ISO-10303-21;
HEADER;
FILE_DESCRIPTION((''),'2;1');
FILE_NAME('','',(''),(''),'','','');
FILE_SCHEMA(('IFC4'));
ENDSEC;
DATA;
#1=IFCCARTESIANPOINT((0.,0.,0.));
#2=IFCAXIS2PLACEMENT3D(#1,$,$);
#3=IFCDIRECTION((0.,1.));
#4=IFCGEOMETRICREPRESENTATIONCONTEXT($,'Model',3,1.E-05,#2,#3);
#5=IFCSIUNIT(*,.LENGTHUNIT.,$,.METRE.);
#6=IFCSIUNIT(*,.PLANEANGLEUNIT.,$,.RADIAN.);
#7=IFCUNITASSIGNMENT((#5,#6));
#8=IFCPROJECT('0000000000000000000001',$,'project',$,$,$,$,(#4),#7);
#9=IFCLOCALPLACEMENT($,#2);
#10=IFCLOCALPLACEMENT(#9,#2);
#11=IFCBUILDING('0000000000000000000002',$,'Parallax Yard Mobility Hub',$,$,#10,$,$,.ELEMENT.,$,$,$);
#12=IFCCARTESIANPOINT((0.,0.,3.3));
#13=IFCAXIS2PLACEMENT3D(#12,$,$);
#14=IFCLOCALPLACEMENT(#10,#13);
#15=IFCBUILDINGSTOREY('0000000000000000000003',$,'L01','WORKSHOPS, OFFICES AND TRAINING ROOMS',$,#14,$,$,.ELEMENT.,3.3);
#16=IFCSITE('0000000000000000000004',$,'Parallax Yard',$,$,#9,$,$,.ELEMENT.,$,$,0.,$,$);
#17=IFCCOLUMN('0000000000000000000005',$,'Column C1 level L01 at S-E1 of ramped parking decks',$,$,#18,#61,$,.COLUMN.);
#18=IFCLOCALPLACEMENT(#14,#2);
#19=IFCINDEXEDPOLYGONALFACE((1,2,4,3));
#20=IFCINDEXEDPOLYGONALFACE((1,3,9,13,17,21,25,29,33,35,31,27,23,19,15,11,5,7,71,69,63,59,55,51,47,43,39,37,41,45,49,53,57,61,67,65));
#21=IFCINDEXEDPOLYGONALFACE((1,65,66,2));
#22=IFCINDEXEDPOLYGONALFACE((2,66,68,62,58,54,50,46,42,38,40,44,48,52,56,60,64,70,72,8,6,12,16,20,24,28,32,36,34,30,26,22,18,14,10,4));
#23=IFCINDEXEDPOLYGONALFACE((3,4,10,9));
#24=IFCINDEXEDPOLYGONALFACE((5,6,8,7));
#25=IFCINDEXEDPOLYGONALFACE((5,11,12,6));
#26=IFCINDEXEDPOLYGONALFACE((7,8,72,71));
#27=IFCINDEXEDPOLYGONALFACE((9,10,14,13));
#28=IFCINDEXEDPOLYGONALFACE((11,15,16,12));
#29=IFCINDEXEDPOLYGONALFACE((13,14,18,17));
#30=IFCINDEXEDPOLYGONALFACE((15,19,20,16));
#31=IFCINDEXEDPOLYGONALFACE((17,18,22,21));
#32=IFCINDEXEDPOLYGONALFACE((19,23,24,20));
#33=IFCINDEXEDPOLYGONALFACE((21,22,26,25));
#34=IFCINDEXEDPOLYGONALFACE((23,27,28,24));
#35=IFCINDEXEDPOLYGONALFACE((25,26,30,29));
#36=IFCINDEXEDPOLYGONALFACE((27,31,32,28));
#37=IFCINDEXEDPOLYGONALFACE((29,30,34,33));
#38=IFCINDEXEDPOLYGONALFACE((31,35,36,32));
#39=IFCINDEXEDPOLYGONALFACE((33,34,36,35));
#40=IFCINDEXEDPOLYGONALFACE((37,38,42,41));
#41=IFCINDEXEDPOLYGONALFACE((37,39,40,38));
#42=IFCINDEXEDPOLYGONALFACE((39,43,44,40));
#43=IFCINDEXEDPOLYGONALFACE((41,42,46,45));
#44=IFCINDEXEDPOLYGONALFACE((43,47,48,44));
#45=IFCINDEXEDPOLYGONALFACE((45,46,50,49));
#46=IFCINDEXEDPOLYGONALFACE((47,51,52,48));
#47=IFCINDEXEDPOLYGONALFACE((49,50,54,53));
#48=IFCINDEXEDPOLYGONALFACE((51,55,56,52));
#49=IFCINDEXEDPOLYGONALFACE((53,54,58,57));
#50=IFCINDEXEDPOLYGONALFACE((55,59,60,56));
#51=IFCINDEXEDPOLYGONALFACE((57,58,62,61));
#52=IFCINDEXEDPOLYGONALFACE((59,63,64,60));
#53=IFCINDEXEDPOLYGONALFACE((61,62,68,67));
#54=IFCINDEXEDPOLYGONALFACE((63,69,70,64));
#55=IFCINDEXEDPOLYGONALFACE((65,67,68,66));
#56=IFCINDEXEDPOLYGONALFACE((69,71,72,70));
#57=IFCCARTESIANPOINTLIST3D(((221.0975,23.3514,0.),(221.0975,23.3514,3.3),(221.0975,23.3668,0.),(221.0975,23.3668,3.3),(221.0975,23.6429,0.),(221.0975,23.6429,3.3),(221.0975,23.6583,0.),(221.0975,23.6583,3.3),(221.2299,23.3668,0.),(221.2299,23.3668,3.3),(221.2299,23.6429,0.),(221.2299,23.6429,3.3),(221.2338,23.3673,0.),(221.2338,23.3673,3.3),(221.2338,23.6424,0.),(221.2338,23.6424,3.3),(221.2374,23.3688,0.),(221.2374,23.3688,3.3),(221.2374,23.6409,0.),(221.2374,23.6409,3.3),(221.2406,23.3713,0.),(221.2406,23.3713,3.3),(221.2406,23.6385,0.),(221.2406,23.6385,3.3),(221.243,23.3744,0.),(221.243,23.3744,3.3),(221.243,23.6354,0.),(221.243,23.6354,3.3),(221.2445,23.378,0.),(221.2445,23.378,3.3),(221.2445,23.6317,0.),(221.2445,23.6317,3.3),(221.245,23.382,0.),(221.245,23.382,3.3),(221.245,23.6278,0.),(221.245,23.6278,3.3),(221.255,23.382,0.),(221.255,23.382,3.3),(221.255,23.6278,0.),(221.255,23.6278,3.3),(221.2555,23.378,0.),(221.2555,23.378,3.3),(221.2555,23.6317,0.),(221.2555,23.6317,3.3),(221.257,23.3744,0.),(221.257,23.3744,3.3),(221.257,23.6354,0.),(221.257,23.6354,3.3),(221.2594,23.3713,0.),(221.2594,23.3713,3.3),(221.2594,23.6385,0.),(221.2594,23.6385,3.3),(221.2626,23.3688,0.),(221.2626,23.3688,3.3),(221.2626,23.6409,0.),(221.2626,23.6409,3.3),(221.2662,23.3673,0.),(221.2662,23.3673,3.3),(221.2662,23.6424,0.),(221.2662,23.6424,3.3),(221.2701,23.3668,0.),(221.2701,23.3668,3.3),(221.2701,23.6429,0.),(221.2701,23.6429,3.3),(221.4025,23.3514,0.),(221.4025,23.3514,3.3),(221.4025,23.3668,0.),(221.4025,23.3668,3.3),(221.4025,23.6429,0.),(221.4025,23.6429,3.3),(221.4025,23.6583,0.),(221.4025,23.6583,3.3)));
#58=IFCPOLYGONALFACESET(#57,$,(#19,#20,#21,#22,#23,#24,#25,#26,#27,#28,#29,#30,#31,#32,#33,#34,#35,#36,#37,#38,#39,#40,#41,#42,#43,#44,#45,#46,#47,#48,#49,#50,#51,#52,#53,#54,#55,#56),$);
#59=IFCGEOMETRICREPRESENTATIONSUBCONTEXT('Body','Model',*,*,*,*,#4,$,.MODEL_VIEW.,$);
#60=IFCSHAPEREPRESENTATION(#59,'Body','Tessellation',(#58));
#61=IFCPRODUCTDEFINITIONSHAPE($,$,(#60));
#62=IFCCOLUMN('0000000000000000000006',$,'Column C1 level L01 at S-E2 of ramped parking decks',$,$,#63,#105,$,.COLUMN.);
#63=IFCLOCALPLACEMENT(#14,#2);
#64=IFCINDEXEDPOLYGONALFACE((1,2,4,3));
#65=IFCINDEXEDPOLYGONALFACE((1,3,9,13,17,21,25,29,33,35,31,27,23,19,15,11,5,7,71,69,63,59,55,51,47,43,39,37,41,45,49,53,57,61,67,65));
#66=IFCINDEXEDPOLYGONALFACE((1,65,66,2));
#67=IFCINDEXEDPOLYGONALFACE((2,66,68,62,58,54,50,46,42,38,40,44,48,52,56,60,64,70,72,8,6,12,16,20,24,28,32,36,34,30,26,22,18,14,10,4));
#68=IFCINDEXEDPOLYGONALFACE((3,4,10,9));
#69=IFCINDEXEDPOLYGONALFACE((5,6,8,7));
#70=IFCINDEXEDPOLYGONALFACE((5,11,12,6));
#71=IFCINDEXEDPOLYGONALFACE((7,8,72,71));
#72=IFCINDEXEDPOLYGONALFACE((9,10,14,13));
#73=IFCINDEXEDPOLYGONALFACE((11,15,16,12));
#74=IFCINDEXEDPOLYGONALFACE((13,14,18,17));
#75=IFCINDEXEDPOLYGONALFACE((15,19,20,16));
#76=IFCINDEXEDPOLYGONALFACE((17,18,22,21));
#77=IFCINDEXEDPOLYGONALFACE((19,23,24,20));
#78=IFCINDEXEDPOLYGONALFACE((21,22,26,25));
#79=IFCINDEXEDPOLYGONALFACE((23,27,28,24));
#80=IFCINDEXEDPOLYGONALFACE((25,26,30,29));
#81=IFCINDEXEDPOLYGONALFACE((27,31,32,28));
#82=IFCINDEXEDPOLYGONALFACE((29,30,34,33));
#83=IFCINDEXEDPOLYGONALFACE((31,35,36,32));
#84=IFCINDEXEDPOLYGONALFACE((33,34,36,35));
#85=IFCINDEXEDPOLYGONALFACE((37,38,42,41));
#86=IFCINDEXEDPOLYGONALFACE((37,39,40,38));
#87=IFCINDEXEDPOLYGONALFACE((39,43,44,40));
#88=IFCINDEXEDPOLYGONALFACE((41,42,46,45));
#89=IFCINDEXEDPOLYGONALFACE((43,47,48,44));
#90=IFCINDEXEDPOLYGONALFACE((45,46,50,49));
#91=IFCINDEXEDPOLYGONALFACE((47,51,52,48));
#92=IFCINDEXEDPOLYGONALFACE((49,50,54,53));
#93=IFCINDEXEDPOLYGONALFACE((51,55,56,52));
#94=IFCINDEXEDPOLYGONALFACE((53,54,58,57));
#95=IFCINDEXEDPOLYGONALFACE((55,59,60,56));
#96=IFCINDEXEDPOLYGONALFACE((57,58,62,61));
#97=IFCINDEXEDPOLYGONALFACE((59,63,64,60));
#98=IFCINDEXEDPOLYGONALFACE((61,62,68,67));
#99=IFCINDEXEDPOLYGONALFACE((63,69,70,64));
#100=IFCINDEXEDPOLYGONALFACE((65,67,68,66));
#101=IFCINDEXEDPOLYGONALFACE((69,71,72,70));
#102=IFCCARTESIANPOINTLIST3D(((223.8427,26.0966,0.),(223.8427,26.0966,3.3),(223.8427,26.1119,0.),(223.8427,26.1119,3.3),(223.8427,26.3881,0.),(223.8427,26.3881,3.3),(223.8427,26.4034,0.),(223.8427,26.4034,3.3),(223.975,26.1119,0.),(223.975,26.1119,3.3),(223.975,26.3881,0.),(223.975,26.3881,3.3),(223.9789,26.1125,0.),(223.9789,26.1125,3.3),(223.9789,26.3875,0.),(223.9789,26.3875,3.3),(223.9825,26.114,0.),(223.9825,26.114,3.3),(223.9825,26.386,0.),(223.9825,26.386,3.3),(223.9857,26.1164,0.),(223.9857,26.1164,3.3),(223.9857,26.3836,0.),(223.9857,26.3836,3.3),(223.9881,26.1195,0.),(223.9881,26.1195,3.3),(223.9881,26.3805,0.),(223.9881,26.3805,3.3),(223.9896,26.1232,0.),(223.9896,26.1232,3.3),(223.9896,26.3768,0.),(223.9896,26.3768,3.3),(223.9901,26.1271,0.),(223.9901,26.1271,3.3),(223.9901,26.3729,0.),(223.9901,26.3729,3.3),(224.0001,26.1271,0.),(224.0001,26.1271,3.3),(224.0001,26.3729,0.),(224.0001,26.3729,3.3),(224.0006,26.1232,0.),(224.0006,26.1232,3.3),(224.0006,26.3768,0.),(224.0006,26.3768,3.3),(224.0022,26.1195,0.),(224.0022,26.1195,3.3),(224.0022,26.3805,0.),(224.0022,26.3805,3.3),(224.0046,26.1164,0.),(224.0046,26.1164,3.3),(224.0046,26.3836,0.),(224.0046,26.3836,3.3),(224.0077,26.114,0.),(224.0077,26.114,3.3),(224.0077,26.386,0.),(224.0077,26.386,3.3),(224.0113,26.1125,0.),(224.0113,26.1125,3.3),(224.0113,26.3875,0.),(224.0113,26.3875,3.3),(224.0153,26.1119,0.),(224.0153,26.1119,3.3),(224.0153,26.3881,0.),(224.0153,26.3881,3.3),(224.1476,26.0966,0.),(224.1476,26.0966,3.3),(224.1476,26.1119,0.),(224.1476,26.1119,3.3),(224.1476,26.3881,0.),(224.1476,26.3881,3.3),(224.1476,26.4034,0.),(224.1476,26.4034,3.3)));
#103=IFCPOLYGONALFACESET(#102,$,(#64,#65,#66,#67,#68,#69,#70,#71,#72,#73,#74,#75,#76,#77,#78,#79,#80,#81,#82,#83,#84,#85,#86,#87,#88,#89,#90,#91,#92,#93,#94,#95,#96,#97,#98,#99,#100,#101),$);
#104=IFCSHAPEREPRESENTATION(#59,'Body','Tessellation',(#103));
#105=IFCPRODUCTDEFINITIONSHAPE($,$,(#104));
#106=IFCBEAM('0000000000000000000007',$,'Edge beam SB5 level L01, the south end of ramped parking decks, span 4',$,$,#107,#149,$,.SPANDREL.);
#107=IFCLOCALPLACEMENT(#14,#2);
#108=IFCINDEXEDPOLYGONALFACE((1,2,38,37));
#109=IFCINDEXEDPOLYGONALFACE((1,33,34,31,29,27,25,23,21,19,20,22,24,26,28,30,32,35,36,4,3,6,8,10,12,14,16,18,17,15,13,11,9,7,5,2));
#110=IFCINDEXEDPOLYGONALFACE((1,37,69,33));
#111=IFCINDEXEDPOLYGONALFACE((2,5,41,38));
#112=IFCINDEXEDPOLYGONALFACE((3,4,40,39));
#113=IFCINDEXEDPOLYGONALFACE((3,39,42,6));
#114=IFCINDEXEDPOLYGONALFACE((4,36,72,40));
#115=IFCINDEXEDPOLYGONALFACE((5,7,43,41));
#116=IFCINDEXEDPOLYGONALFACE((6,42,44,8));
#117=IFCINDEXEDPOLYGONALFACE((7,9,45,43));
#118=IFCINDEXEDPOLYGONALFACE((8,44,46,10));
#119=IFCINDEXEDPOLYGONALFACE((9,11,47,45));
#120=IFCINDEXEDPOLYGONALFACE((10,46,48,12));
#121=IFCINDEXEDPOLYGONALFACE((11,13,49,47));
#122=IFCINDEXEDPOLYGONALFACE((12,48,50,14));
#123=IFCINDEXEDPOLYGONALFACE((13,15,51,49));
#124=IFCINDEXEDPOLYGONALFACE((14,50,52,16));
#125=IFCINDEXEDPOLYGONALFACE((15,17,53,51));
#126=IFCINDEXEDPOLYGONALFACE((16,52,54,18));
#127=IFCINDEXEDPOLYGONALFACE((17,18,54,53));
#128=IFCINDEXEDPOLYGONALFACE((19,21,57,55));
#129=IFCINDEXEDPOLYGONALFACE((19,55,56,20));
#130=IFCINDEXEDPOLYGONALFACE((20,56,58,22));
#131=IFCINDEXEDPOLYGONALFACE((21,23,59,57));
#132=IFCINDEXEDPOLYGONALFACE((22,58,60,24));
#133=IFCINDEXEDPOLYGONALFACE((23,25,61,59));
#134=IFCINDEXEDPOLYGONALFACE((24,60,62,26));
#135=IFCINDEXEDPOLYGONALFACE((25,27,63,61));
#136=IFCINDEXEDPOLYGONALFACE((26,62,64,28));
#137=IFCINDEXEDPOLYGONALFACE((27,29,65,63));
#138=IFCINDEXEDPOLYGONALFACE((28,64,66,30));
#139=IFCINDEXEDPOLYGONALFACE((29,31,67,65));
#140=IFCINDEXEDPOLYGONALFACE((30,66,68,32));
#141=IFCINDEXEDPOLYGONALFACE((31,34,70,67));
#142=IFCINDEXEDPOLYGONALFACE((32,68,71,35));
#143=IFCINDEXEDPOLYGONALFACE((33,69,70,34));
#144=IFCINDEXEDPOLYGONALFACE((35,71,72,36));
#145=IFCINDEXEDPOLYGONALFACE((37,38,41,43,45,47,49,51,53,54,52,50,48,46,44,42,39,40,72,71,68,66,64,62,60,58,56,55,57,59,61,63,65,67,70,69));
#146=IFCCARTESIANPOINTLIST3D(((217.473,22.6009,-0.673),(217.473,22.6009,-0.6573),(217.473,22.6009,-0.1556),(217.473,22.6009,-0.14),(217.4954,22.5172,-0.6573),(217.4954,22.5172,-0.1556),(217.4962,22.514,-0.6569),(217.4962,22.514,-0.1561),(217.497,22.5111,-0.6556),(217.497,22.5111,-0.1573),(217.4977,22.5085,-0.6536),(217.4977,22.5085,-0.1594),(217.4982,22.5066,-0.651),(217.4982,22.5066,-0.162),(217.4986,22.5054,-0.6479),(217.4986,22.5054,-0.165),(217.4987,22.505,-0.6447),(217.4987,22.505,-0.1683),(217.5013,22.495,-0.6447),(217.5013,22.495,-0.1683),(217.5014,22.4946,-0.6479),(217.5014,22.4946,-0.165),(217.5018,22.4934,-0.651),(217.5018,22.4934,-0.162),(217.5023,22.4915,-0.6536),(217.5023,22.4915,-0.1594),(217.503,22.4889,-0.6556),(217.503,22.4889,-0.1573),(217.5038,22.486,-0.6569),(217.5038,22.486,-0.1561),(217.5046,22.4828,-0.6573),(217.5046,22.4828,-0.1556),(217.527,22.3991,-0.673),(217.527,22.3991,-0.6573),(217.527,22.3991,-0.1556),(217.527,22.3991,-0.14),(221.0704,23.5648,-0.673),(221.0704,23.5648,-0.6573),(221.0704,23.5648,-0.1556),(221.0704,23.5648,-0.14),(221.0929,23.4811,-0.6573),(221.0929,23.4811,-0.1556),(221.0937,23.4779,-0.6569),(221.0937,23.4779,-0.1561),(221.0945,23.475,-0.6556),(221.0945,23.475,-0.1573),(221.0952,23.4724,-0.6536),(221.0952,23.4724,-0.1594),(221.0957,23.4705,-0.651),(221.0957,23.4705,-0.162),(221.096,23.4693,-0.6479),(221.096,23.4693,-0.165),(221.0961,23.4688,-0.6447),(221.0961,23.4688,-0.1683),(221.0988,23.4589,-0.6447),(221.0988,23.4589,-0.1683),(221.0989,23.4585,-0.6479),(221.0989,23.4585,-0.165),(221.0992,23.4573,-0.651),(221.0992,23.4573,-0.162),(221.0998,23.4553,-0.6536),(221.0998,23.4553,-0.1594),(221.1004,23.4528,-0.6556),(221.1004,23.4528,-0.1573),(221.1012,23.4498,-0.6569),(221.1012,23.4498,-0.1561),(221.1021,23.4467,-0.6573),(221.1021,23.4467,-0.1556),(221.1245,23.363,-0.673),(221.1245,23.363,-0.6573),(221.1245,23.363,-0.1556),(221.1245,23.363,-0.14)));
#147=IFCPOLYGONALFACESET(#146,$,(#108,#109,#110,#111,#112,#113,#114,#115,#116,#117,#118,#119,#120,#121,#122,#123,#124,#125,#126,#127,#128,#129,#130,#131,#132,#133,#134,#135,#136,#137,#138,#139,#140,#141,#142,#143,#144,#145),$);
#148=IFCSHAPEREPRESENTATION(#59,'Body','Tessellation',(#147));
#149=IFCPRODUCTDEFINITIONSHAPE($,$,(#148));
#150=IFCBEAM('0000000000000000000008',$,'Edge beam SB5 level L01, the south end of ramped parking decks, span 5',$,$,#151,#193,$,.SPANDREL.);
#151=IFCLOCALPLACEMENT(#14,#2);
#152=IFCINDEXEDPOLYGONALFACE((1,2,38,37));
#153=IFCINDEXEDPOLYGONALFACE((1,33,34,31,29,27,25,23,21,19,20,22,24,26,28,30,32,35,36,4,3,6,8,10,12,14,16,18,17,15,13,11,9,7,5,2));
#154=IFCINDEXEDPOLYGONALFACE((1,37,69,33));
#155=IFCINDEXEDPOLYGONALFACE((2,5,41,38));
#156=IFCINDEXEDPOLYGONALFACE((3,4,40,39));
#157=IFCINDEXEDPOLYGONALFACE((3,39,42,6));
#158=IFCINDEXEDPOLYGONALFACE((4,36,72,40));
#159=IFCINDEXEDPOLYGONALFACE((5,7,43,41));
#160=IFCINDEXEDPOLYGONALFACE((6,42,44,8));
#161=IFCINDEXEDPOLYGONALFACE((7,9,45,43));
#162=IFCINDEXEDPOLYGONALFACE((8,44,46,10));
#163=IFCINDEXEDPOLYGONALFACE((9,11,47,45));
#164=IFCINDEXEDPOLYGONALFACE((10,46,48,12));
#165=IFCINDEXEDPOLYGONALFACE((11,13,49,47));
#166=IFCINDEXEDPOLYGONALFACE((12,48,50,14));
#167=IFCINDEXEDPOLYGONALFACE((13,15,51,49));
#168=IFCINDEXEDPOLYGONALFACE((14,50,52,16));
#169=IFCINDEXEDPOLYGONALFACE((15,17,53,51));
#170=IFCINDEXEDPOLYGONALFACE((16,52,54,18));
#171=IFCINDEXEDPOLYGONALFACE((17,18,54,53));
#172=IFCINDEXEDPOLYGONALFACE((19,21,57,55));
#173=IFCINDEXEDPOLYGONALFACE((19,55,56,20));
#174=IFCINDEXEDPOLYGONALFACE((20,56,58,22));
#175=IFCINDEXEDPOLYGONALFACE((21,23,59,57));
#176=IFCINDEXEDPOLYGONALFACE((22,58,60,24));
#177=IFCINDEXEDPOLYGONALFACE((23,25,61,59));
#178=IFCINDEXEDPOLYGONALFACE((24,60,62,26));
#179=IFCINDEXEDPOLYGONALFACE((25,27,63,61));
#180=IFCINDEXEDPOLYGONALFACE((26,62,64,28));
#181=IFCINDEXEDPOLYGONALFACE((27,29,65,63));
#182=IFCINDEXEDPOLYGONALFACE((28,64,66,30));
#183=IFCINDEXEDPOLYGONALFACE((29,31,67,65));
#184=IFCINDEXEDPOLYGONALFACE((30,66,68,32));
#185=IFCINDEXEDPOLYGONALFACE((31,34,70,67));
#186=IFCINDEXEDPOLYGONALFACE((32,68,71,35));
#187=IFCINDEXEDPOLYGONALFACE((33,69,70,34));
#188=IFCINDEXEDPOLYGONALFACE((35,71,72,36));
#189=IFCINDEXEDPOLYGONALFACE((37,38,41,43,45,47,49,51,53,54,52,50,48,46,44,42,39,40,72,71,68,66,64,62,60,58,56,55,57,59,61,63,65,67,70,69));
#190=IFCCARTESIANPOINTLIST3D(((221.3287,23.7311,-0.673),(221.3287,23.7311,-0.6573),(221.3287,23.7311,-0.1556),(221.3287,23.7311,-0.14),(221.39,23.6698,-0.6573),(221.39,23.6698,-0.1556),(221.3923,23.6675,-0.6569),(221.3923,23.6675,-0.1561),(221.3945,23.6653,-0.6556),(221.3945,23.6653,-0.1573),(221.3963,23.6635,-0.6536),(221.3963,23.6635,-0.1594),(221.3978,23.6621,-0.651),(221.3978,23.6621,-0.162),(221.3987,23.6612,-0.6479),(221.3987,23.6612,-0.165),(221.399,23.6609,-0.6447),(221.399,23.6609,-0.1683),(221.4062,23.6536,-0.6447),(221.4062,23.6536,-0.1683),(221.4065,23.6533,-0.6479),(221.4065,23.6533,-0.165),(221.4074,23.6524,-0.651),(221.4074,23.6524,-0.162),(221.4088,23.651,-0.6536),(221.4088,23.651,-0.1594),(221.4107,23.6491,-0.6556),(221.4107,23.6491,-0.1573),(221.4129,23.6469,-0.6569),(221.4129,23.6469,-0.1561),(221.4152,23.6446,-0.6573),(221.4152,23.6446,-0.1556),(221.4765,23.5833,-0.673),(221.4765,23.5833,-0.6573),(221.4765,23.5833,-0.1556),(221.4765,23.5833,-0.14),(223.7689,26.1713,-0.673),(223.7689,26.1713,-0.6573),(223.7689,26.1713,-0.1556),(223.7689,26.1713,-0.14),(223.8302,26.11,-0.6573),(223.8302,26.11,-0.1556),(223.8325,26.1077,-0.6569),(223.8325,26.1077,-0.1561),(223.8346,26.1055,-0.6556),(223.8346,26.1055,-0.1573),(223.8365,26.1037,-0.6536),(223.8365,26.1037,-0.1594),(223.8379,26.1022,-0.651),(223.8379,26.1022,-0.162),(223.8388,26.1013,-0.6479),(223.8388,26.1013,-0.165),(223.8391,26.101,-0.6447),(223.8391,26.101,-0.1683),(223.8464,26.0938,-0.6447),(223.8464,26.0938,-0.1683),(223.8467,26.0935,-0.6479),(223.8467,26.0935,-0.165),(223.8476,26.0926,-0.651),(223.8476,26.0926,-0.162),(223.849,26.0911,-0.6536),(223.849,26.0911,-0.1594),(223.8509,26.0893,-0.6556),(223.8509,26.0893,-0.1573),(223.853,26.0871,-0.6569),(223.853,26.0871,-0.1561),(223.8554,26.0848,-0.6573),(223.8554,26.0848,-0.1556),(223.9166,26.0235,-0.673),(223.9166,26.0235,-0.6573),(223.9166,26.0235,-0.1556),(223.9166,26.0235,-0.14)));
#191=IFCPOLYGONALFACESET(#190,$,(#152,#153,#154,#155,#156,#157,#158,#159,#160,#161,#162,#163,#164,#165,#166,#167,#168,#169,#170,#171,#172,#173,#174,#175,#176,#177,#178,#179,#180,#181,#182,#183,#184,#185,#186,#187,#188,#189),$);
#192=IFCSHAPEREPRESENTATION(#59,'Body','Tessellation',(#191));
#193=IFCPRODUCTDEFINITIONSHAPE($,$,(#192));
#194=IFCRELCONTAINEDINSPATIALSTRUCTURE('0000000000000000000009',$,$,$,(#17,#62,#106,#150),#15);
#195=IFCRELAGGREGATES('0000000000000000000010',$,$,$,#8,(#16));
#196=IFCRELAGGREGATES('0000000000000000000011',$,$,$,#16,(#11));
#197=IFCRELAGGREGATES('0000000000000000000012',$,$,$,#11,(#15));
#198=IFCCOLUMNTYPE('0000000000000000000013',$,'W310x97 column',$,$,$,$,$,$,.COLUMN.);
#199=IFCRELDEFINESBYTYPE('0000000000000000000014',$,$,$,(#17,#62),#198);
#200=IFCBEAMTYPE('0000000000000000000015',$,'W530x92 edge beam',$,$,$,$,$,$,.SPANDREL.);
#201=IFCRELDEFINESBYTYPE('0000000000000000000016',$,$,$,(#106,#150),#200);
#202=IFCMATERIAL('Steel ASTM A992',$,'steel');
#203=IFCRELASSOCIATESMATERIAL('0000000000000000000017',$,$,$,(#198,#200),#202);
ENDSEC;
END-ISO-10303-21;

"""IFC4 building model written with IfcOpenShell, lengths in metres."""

from ifc_helpers import new_model, si_unit, direction, frame, origin, origin_2d, place, context, subcontext, project, spatial, i_section, extrude, material, material_profile, profile_set, type_object, element, save


model = new_model("IFC4")

# Units and contexts
model_context = context("Model", 3, precision=1e-05, world=origin(), true_north=direction((0.0, 1.0)))
body_context = subcontext(model_context, "Body", "Model", "MODEL_VIEW")
ifc_project = project(units=[si_unit("LENGTHUNIT", "METRE"), si_unit("PLANEANGLEUNIT", "RADIAN")], contexts=[model_context])

# Site, building, storey
site_placement = place(None, origin())
site = spatial("IfcSite", under=ifc_project, at=site_placement, Name="Parallax Yard", CompositionType="ELEMENT", RefElevation=0.0)
building_placement = place(site_placement, origin())
building = spatial("IfcBuilding", under=site, at=building_placement, Name="Parallax Yard Mobility Hub", CompositionType="ELEMENT")
storey_placement = place(building_placement, frame((0.0, 0.0, 3.3)))
storey = spatial("IfcBuildingStorey", under=building, at=storey_placement, Name="L01", Description="WORKSHOPS, OFFICES AND TRAINING ROOMS", CompositionType="ELEMENT", Elevation=3.3)

# Columns
ifc_material_1 = material(Name="Steel ASTM A992", Category="steel")
ifc_material_profile_1 = material_profile(ifc_material_1, i_section(OverallWidth=0.3049, OverallDepth=0.3069, WebThickness=0.01, FlangeThickness=0.0154, FilletRadius=0.0151, at=origin_2d()), Name="W310x97")
ifc_profile_set_1 = profile_set([ifc_material_profile_1], Name="Steel ASTM A992")
column_type = type_object("IfcColumnType", Name="W310x97 column", PredefinedType="COLUMN", material=ifc_profile_set_1)
for number, where, z_axis, x_axis, name in (
    (1, (221.25, 23.5049, 0.0), (0.0, 0.0, 1.0), (1.0, 0.0, 0.0), "Column C1 level L01 at S-E1 of ramped parking decks"),
    (2, (223.9951, 26.25, 0.0), (0.0, 0.0, 1.0), (1.0, 0.0, 0.0), "Column C1 level L01 at S-E2 of ramped parking decks"),
):
    element("IfcColumn", number, at=place(storey_placement, frame(where, z_axis=z_axis, x_axis=x_axis)), inside=storey, type_object=column_type, Name=name, PredefinedType="COLUMN", context=body_context, shape_type="SweptSolid", body=[
        extrude(i_section(OverallWidth=0.3049, OverallDepth=0.3069, WebThickness=0.01, FlangeThickness=0.0154, FilletRadius=0.0151, at=origin_2d()), origin(), (0.0, 0.0, 1.0), 3.3),
    ])

# Beams
ifc_material_profile_2 = material_profile(ifc_material_1, i_section(OverallWidth=0.209, OverallDepth=0.533, WebThickness=0.0103, FlangeThickness=0.0156, FilletRadius=0.0127, at=origin_2d()), Name="W530x92")
ifc_profile_set_2 = profile_set([ifc_material_profile_2], Name="Steel ASTM A992")
beam_type = type_object("IfcBeamType", Name="W530x92 edge beam", PredefinedType="SPANDREL", material=ifc_profile_set_2)
beam_1_placement = place(storey_placement, frame((217.5, 22.5, -0.4065), z_axis=(0.96593, 0.258805, 0.0), x_axis=(-0.258805, 0.96593, 0.0)))
element("IfcBeam", 3, at=beam_1_placement, inside=storey, type_object=beam_type, Name="Edge beam SB5 level L01, the south end of ramped parking decks, span 4", PredefinedType="SPANDREL", context=body_context, shape_type="SweptSolid", body=[
    extrude(i_section(OverallWidth=0.209, OverallDepth=0.533, WebThickness=0.0103, FlangeThickness=0.0156, FilletRadius=0.0127, at=origin_2d()), origin(), (0.0, 0.0, 1.0), 3.7244),
])
beam_2_placement = place(storey_placement, frame((221.4026, 23.6572, -0.4065), z_axis=(0.707107, 0.707107, 0.0), x_axis=(-0.707107, 0.707107, 0.0)))
element("IfcBeam", 4, at=beam_2_placement, inside=storey, type_object=beam_type, Name="Edge beam SB5 level L01, the south end of ramped parking decks, span 5", PredefinedType="SPANDREL", context=body_context, shape_type="SweptSolid", body=[
    extrude(i_section(OverallWidth=0.209, OverallDepth=0.533, WebThickness=0.0103, FlangeThickness=0.0156, FilletRadius=0.0127, at=origin_2d()), origin(), (0.0, 0.0, 1.0), 3.4509),
])

save(model, "model.ifc")
